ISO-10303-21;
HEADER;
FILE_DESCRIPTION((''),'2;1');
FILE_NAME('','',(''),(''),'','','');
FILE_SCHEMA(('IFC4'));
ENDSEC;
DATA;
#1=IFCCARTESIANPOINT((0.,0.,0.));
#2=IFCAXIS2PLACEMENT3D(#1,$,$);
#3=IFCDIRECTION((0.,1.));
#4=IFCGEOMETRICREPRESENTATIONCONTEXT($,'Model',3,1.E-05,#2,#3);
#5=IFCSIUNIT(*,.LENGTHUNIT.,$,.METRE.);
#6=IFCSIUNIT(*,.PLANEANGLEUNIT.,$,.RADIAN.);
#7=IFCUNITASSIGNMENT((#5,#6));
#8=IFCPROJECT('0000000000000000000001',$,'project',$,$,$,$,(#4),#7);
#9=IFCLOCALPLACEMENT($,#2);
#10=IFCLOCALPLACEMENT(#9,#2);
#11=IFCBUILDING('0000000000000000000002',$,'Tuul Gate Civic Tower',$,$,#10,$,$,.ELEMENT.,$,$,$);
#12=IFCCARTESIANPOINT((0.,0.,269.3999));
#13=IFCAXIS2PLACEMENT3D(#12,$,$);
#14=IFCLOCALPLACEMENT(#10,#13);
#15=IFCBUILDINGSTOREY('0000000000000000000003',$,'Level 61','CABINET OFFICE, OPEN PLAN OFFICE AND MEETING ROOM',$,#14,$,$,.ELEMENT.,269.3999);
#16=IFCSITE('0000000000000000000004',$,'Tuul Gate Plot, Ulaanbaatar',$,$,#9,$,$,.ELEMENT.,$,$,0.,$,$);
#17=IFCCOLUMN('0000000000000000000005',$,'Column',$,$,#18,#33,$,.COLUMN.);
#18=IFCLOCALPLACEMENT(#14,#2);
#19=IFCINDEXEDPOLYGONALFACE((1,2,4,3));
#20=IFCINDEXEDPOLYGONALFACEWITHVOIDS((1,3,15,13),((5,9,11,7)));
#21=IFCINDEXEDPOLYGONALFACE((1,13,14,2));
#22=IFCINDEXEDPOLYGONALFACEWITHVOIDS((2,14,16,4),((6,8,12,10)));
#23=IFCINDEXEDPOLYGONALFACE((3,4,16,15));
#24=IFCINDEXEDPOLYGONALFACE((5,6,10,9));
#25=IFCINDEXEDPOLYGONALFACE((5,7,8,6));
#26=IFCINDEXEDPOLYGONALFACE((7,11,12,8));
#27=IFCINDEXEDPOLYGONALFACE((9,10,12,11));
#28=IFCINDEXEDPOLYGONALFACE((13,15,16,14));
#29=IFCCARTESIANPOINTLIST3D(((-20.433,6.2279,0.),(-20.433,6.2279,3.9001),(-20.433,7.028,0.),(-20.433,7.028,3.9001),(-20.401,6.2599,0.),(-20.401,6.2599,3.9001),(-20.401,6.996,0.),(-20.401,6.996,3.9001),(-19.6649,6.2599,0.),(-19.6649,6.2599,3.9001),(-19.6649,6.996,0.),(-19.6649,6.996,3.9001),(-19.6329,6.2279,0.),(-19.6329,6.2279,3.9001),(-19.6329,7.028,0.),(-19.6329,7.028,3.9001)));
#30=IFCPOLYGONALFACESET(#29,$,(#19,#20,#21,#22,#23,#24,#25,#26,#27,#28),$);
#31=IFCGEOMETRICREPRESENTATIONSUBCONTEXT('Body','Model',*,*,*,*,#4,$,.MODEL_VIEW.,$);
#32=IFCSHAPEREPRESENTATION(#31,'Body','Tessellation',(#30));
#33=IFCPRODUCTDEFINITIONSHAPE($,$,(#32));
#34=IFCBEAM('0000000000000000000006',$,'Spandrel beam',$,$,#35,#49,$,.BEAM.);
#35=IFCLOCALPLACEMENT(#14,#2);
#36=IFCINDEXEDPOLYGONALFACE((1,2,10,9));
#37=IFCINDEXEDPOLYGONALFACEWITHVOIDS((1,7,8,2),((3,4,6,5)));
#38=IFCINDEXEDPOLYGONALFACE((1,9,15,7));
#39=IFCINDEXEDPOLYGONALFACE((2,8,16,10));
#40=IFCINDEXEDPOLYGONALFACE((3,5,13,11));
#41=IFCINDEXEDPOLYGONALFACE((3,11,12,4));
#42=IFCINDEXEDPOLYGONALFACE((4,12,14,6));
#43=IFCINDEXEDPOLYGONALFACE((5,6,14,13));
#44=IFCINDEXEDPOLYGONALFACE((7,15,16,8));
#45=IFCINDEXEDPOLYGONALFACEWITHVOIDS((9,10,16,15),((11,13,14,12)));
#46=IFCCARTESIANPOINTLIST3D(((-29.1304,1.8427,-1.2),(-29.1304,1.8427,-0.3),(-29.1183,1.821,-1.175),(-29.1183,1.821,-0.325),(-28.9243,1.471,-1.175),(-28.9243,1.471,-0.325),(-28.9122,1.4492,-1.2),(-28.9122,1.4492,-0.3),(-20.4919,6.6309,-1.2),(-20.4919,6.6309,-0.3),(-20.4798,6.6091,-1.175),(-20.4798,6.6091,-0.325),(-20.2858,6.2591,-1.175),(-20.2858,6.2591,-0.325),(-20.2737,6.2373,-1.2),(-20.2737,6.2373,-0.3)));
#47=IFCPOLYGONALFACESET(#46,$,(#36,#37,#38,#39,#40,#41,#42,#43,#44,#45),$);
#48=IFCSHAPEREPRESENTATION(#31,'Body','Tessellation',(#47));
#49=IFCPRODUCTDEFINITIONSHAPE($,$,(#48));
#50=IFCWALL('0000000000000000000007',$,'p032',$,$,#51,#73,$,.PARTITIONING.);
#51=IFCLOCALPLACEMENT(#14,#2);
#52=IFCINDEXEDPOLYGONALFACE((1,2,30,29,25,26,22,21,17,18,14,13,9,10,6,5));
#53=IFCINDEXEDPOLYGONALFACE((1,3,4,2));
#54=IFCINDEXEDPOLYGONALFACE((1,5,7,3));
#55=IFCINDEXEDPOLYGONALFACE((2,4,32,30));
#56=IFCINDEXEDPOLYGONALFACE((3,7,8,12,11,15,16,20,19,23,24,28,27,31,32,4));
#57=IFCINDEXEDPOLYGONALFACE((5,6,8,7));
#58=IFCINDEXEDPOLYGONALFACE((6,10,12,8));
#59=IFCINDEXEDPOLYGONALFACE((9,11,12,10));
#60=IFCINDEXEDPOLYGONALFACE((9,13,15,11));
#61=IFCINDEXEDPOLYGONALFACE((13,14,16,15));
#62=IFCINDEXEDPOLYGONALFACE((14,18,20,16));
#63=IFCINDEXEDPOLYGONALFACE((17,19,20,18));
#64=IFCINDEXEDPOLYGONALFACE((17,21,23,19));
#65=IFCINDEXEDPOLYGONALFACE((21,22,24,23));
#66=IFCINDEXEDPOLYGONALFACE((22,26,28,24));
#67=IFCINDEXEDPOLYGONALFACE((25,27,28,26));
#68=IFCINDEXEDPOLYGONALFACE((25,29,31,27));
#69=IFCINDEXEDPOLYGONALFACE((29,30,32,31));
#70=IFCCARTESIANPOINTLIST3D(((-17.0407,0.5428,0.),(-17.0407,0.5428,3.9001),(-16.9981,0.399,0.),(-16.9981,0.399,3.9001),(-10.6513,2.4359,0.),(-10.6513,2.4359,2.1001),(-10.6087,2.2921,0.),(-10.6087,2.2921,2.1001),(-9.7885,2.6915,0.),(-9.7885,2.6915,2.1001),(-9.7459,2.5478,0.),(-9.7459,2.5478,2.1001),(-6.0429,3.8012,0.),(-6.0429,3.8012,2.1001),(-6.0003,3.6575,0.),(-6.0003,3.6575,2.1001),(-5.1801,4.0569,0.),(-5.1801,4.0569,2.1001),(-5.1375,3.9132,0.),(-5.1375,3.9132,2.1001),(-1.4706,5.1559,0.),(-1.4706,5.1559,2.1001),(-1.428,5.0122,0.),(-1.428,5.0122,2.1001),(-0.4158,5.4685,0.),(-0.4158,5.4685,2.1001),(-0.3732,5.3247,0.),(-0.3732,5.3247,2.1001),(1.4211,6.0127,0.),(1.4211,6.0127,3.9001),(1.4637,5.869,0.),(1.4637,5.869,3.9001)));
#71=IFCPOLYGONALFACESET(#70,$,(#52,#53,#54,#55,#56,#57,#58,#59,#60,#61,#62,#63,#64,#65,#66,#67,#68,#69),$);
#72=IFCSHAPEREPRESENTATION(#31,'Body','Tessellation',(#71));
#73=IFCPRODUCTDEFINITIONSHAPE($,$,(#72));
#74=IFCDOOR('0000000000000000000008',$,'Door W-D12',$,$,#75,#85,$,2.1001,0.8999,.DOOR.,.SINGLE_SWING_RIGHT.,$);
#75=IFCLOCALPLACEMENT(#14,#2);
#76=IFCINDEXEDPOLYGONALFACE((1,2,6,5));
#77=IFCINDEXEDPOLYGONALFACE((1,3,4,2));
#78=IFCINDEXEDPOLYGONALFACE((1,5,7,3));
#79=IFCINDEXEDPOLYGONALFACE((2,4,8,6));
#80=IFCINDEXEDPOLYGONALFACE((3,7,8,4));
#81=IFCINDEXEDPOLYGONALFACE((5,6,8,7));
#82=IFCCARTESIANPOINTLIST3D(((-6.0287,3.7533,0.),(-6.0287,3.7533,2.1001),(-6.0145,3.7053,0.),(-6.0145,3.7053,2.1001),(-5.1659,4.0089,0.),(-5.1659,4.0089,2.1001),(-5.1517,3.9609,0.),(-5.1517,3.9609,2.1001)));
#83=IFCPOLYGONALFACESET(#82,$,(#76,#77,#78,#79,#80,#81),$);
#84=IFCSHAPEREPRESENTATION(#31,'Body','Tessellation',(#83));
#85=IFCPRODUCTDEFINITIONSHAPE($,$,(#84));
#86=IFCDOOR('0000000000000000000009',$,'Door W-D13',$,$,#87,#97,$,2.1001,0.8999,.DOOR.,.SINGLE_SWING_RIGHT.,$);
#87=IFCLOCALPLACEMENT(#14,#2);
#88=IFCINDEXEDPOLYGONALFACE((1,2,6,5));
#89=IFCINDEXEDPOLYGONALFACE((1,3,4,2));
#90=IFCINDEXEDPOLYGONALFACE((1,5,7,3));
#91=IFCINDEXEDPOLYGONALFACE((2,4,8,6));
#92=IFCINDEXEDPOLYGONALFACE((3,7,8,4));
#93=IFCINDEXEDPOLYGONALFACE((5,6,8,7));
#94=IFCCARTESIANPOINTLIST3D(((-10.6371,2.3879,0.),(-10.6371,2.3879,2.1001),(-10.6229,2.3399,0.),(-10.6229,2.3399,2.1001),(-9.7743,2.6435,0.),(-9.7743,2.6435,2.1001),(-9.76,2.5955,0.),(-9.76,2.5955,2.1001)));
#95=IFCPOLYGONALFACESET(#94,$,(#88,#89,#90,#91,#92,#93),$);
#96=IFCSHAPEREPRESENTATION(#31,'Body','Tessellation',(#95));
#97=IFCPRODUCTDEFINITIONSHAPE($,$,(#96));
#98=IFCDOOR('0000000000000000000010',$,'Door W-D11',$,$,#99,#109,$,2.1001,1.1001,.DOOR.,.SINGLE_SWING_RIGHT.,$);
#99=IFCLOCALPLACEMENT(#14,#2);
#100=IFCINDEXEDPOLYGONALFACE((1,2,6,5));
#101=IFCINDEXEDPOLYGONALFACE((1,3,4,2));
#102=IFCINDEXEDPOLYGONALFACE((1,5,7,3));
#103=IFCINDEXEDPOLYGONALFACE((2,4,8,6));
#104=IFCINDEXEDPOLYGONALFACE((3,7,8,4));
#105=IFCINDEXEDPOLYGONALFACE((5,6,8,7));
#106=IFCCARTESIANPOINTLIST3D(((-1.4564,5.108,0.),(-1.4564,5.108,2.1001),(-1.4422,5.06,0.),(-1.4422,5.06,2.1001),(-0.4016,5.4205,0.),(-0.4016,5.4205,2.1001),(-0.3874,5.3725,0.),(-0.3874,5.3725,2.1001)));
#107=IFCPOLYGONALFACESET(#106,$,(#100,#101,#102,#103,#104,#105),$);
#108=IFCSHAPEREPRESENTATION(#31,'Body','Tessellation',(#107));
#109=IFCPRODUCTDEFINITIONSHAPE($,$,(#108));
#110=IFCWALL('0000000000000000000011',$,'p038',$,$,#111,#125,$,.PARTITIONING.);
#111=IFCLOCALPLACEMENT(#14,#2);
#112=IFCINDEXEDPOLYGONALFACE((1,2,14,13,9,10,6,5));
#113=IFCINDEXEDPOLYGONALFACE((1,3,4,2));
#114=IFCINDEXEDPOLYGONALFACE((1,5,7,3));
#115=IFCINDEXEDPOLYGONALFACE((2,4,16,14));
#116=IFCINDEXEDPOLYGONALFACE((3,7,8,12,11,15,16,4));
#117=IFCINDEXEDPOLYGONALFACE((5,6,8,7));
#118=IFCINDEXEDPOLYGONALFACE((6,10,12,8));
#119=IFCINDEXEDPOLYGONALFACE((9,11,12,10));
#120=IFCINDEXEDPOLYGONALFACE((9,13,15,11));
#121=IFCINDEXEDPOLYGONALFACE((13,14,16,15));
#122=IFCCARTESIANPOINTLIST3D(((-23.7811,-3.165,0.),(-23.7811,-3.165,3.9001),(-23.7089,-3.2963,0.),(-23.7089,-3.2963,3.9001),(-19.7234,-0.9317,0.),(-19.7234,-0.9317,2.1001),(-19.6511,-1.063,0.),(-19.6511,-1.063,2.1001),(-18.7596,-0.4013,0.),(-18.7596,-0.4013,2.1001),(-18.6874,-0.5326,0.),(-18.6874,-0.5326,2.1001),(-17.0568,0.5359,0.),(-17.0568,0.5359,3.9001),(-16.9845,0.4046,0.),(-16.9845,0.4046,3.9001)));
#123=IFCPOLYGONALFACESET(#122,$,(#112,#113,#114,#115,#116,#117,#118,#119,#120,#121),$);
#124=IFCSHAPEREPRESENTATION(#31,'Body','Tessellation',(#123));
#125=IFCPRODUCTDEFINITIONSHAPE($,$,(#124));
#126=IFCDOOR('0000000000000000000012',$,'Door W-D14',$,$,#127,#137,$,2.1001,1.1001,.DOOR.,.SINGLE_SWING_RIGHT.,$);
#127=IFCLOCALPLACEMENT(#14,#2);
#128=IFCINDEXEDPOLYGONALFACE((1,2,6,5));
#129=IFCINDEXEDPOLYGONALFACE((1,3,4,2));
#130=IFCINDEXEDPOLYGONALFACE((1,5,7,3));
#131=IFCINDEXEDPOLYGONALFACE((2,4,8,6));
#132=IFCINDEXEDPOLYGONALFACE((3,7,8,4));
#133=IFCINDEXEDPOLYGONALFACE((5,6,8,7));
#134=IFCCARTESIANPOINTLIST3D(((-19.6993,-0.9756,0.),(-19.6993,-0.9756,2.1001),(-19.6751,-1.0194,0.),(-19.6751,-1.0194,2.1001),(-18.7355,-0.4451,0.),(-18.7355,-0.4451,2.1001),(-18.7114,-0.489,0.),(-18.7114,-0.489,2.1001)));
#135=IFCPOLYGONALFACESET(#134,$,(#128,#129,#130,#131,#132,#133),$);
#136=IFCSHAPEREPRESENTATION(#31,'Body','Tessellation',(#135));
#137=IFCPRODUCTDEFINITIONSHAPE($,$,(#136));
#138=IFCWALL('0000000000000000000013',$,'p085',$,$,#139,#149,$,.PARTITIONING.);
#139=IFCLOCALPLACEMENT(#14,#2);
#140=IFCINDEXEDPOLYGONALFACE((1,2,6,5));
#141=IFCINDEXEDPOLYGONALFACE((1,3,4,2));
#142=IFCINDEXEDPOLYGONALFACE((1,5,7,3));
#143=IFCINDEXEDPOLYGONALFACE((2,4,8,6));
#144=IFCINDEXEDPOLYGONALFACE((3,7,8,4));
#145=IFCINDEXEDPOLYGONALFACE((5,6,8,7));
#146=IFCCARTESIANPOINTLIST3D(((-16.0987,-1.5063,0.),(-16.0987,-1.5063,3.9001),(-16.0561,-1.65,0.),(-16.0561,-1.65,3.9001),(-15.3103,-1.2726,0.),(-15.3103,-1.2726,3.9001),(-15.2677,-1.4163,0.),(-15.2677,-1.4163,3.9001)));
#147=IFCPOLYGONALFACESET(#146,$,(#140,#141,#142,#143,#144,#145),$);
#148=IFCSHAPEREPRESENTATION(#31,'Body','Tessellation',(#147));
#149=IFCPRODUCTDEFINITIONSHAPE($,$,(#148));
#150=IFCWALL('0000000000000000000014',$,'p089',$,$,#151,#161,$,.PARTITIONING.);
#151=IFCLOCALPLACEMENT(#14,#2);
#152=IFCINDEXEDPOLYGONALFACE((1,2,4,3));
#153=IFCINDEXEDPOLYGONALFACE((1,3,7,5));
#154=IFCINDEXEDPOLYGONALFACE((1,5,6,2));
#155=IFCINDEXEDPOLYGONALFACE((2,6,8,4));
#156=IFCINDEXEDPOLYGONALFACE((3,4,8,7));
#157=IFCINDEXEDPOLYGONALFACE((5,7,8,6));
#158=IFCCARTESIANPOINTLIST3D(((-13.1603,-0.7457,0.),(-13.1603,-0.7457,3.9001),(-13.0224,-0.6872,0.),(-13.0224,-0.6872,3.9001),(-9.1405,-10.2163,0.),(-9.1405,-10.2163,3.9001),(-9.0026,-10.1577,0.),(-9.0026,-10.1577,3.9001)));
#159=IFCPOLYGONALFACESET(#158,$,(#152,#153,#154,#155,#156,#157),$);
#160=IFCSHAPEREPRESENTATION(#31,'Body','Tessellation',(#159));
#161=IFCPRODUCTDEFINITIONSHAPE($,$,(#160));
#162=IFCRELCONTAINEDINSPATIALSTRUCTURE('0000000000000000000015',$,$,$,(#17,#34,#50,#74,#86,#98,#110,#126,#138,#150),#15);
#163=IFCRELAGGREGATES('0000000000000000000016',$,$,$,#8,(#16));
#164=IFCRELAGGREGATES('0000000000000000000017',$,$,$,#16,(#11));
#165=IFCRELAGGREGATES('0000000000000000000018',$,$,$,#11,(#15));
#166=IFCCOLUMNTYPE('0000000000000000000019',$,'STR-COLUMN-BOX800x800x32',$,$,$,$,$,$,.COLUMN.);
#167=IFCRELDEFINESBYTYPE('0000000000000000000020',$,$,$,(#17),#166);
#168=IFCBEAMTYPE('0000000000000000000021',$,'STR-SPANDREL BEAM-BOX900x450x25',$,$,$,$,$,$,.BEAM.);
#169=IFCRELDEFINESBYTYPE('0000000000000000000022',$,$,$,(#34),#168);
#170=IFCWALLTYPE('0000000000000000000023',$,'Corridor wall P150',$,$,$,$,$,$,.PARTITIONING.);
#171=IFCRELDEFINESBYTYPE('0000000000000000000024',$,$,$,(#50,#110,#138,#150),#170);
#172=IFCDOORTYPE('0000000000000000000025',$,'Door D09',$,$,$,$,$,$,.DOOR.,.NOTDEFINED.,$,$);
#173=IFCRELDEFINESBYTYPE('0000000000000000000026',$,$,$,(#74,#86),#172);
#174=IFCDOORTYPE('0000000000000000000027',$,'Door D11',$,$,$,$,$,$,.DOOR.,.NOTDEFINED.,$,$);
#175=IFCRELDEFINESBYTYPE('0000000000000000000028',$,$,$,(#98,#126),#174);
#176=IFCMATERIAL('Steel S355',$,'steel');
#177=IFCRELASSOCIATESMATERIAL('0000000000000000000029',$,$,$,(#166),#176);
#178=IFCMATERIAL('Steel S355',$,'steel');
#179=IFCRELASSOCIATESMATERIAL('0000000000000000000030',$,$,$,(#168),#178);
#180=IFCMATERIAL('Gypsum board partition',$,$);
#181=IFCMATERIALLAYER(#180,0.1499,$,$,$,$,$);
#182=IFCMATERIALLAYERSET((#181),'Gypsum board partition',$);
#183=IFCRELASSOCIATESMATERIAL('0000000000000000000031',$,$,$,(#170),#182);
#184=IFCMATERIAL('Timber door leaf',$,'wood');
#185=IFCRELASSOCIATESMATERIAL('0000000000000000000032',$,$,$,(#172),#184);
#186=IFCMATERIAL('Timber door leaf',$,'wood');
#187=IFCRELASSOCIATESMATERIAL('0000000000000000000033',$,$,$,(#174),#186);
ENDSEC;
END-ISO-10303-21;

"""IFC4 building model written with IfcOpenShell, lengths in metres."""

from ifc_helpers import new_model, si_unit, direction, frame, frame_2d, origin, origin_2d, place, context, subcontext, project, spatial, rectangle, hollow_rectangle, extrude, material, layer, layer_set, material_profile, profile_set, type_object, element, fill, save


model = new_model("IFC4")

# Units and contexts
model_context = context("Model", 3, precision=1e-05, world=origin(), true_north=direction((0.0, 1.0)))
body_context = subcontext(model_context, "Body", "Model", "MODEL_VIEW")
ifc_project = project(units=[si_unit("LENGTHUNIT", "METRE"), si_unit("PLANEANGLEUNIT", "RADIAN")], contexts=[model_context])

# Site, building, storey
site_placement = place(None, origin())
site = spatial("IfcSite", under=ifc_project, at=site_placement, Name="Tuul Gate Plot, Ulaanbaatar", CompositionType="ELEMENT", RefElevation=0.0)
building_placement = place(site_placement, origin())
building = spatial("IfcBuilding", under=site, at=building_placement, Name="Tuul Gate Civic Tower", CompositionType="ELEMENT")
storey_placement = place(building_placement, frame((0.0, 0.0, 269.3999)))
storey = spatial("IfcBuildingStorey", under=building, at=storey_placement, Name="Level 61", Description="CABINET OFFICE, OPEN PLAN OFFICE AND MEETING ROOM", CompositionType="ELEMENT", Elevation=269.3999)

# Column
ifc_material_1 = material(Name="Steel S355", Category="steel")
ifc_material_profile_1 = material_profile(ifc_material_1, hollow_rectangle(XDim=0.8, YDim=0.8, WallThickness=0.032, at=origin_2d()), Name="BOX800x800x32")
ifc_profile_set_1 = profile_set([ifc_material_profile_1], Name="Steel S355")
column_type = type_object("IfcColumnType", Name="STR-COLUMN-BOX800x800x32", PredefinedType="COLUMN", material=ifc_profile_set_1)
column_placement = place(storey_placement, frame((-20.033, 6.6279, 0.0), z_axis=(0.0, 0.0, 1.0), x_axis=(1.0, 0.0, 0.0)))
element("IfcColumn", 1, at=column_placement, inside=storey, type_object=column_type, Name="Column", PredefinedType="COLUMN", context=body_context, shape_type="SweptSolid", body=[
    extrude(hollow_rectangle(XDim=0.8, YDim=0.8, WallThickness=0.032, at=origin_2d()), origin(), (0.0, 0.0, 1.0), 3.9001),
])

# Beam
ifc_material_2 = material(Name="Steel S355", Category="steel")
ifc_material_profile_2 = material_profile(ifc_material_2, hollow_rectangle(XDim=0.45, YDim=0.8999, WallThickness=0.0249, at=origin_2d()), Name="BOX900x450x25")
ifc_profile_set_2 = profile_set([ifc_material_profile_2], Name="Steel S355")
beam_type = type_object("IfcBeamType", Name="STR-SPANDREL BEAM-BOX900x450x25", PredefinedType="BEAM", material=ifc_profile_set_2)
beam_placement = place(storey_placement, frame((-20.3828, 6.4341, -0.75), z_axis=(-0.874631, -0.484788, 0.0), x_axis=(0.484788, -0.874631, 0.0)))
element("IfcBeam", 2, at=beam_placement, inside=storey, type_object=beam_type, Name="Spandrel beam", PredefinedType="BEAM", context=body_context, shape_type="SweptSolid", body=[
    extrude(hollow_rectangle(XDim=0.45, YDim=0.8999, WallThickness=0.0249, at=origin_2d()), origin(), (0.0, 0.0, 1.0), 9.8767),
])

# Wall, openings, doors
ifc_material_3 = material(Name="Gypsum board partition")
ifc_layer_1 = layer(ifc_material_3, 0.1499)
ifc_layer_set_1 = layer_set([ifc_layer_1], Name="Gypsum board partition")
wall_type_1 = type_object("IfcWallType", Name="Corridor wall P150", PredefinedType="PARTITIONING", material=ifc_layer_set_1)
wall_1_placement = place(storey_placement, frame((-17.0193, 0.4709, 0.0), z_axis=(0.0, 0.0, 1.0), x_axis=(0.958801, 0.284078, 0.0)))
wall_1 = element("IfcWall", 3, at=wall_1_placement, inside=storey, type_object=wall_type_1, Name="p032", PredefinedType="PARTITIONING", context=body_context, shape_type="SweptSolid", body=[
    extrude(rectangle(XDim=19.2551, YDim=0.1499, at=frame_2d((9.6274, 0.0))), origin(), (0.0, 0.0, 1.0), 3.9001),
])
opening_1_placement = place(wall_1_placement, frame((16.239, 0.0, 0.0)))
opening_1 = element("IfcOpeningElement", 4, at=opening_1_placement, cuts=wall_1, PredefinedType="OPENING", context=body_context, shape_type="SweptSolid", body=[
    extrude(rectangle(XDim=1.1001, YDim=2.1001, at=frame_2d((0.55, 1.05))), frame((0.0, 0.085, 0.0), z_axis=(0.0, -1.0, 0.0), x_axis=(1.0, 0.0, 0.0)), (0.0, 0.0, 1.0), 0.1699),
])
opening_2_placement = place(wall_1_placement, frame((11.4702, 0.0, 0.0)))
opening_2 = element("IfcOpeningElement", 5, at=opening_2_placement, cuts=wall_1, PredefinedType="OPENING", context=body_context, shape_type="SweptSolid", body=[
    extrude(rectangle(XDim=0.8999, YDim=2.1001, at=frame_2d((0.45, 1.05))), frame((0.0, 0.085, 0.0), z_axis=(0.0, -1.0, 0.0), x_axis=(1.0, 0.0, 0.0)), (0.0, 0.0, 1.0), 0.1699),
])
opening_3_placement = place(wall_1_placement, frame((6.6638, 0.0, 0.0)))
opening_3 = element("IfcOpeningElement", 6, at=opening_3_placement, cuts=wall_1, PredefinedType="OPENING", context=body_context, shape_type="SweptSolid", body=[
    extrude(rectangle(XDim=0.8999, YDim=2.1001, at=frame_2d((0.45, 1.05))), frame((0.0, 0.085, 0.0), z_axis=(0.0, -1.0, 0.0), x_axis=(1.0, 0.0, 0.0)), (0.0, 0.0, 1.0), 0.1699),
])
ifc_material_4 = material(Name="Timber door leaf", Category="wood")
door_type_1 = type_object("IfcDoorType", Name="Door D09", OperationType="NOTDEFINED", PredefinedType="DOOR", material=ifc_material_4)
door_1_placement = place(opening_2_placement, origin())
door_1 = element("IfcDoor", 7, at=door_1_placement, inside=storey, type_object=door_type_1, Name="Door W-D12", OperationType="SINGLE_SWING_RIGHT", OverallHeight=2.1001, OverallWidth=0.8999, PredefinedType="DOOR", context=body_context, shape_type="SweptSolid", body=[
    extrude(rectangle(XDim=0.8999, YDim=2.1001, at=frame_2d((0.45, 1.05))), frame((0.0, 0.0249, 0.0), z_axis=(0.0, -1.0, 0.0), x_axis=(1.0, 0.0, 0.0)), (0.0, 0.0, 1.0), 0.05),
])
fill(opening_2, door_1)
door_2_placement = place(opening_3_placement, origin())
door_2 = element("IfcDoor", 8, at=door_2_placement, inside=storey, type_object=door_type_1, Name="Door W-D13", OperationType="SINGLE_SWING_RIGHT", OverallHeight=2.1001, OverallWidth=0.8999, PredefinedType="DOOR", context=body_context, shape_type="SweptSolid", body=[
    extrude(rectangle(XDim=0.8999, YDim=2.1001, at=frame_2d((0.45, 1.05))), frame((0.0, 0.0249, 0.0), z_axis=(0.0, -1.0, 0.0), x_axis=(1.0, 0.0, 0.0)), (0.0, 0.0, 1.0), 0.05),
])
fill(opening_3, door_2)
ifc_material_5 = material(Name="Timber door leaf", Category="wood")
door_type_2 = type_object("IfcDoorType", Name="Door D11", OperationType="NOTDEFINED", PredefinedType="DOOR", material=ifc_material_5)
door_3_placement = place(opening_1_placement, origin())
door_3 = element("IfcDoor", 9, at=door_3_placement, inside=storey, type_object=door_type_2, Name="Door W-D11", OperationType="SINGLE_SWING_RIGHT", OverallHeight=2.1001, OverallWidth=1.1001, PredefinedType="DOOR", context=body_context, shape_type="SweptSolid", body=[
    extrude(rectangle(XDim=1.1001, YDim=2.1001, at=frame_2d((0.55, 1.05))), frame((0.0, 0.0249, 0.0), z_axis=(0.0, -1.0, 0.0), x_axis=(1.0, 0.0, 0.0)), (0.0, 0.0, 1.0), 0.05),
])
fill(opening_1, door_3)

# Wall, opening, door
wall_2_placement = place(storey_placement, frame((-23.7451, -3.2307, 0.0), z_axis=(0.0, 0.0, 1.0), x_axis=(0.876077, 0.482171, 0.0)))
wall_2 = element("IfcWall", 10, at=wall_2_placement, inside=storey, type_object=wall_type_1, Name="p038", PredefinedType="PARTITIONING", context=body_context, shape_type="SweptSolid", body=[
    extrude(rectangle(XDim=7.6755, YDim=0.1499, at=frame_2d((3.8379, 0.0))), origin(), (0.0, 0.0, 1.0), 3.9001),
])
opening_4_placement = place(wall_2_placement, frame((4.6318, 0.0, 0.0)))
opening_4 = element("IfcOpeningElement", 11, at=opening_4_placement, cuts=wall_2, PredefinedType="OPENING", context=body_context, shape_type="SweptSolid", body=[
    extrude(rectangle(XDim=1.1001, YDim=2.1001, at=frame_2d((0.55, 1.05))), frame((0.0, 0.085, 0.0), z_axis=(0.0, -1.0, 0.0), x_axis=(1.0, 0.0, 0.0)), (0.0, 0.0, 1.0), 0.1699),
])
door_4_placement = place(opening_4_placement, origin())
door_4 = element("IfcDoor", 12, at=door_4_placement, inside=storey, type_object=door_type_2, Name="Door W-D14", OperationType="SINGLE_SWING_RIGHT", OverallHeight=2.1001, OverallWidth=1.1001, PredefinedType="DOOR", context=body_context, shape_type="SweptSolid", body=[
    extrude(rectangle(XDim=1.1001, YDim=2.1001, at=frame_2d((0.55, 1.05))), frame((0.0, 0.0249, 0.0), z_axis=(0.0, -1.0, 0.0), x_axis=(1.0, 0.0, 0.0)), (0.0, 0.0, 1.0), 0.05),
])
fill(opening_4, door_4)

# Walls
wall_3_placement = place(storey_placement, frame((-16.0774, -1.5781, 0.0), z_axis=(0.0, 0.0, 1.0), x_axis=(0.958777, 0.284159, 0.0)))
element("IfcWall", 13, at=wall_3_placement, inside=storey, type_object=wall_type_1, Name="p085", PredefinedType="PARTITIONING", context=body_context, shape_type="SweptSolid", body=[
    extrude(rectangle(XDim=0.8223, YDim=0.1499, at=frame_2d((0.4111, 0.0))), origin(), (0.0, 0.0, 1.0), 3.9001),
])
wall_4_placement = place(storey_placement, frame((-13.0913, -0.7166, 0.0), z_axis=(0.0, 0.0, 1.0), x_axis=(0.390715, -0.920512, 0.0)))
element("IfcWall", 14, at=wall_4_placement, inside=storey, type_object=wall_type_1, Name="p089", PredefinedType="PARTITIONING", context=body_context, shape_type="SweptSolid", body=[
    extrude(rectangle(XDim=10.2883, YDim=0.1499, at=frame_2d((5.144, 0.0))), origin(), (0.0, 0.0, 1.0), 3.9001),
])

save(model, "model.ifc")
